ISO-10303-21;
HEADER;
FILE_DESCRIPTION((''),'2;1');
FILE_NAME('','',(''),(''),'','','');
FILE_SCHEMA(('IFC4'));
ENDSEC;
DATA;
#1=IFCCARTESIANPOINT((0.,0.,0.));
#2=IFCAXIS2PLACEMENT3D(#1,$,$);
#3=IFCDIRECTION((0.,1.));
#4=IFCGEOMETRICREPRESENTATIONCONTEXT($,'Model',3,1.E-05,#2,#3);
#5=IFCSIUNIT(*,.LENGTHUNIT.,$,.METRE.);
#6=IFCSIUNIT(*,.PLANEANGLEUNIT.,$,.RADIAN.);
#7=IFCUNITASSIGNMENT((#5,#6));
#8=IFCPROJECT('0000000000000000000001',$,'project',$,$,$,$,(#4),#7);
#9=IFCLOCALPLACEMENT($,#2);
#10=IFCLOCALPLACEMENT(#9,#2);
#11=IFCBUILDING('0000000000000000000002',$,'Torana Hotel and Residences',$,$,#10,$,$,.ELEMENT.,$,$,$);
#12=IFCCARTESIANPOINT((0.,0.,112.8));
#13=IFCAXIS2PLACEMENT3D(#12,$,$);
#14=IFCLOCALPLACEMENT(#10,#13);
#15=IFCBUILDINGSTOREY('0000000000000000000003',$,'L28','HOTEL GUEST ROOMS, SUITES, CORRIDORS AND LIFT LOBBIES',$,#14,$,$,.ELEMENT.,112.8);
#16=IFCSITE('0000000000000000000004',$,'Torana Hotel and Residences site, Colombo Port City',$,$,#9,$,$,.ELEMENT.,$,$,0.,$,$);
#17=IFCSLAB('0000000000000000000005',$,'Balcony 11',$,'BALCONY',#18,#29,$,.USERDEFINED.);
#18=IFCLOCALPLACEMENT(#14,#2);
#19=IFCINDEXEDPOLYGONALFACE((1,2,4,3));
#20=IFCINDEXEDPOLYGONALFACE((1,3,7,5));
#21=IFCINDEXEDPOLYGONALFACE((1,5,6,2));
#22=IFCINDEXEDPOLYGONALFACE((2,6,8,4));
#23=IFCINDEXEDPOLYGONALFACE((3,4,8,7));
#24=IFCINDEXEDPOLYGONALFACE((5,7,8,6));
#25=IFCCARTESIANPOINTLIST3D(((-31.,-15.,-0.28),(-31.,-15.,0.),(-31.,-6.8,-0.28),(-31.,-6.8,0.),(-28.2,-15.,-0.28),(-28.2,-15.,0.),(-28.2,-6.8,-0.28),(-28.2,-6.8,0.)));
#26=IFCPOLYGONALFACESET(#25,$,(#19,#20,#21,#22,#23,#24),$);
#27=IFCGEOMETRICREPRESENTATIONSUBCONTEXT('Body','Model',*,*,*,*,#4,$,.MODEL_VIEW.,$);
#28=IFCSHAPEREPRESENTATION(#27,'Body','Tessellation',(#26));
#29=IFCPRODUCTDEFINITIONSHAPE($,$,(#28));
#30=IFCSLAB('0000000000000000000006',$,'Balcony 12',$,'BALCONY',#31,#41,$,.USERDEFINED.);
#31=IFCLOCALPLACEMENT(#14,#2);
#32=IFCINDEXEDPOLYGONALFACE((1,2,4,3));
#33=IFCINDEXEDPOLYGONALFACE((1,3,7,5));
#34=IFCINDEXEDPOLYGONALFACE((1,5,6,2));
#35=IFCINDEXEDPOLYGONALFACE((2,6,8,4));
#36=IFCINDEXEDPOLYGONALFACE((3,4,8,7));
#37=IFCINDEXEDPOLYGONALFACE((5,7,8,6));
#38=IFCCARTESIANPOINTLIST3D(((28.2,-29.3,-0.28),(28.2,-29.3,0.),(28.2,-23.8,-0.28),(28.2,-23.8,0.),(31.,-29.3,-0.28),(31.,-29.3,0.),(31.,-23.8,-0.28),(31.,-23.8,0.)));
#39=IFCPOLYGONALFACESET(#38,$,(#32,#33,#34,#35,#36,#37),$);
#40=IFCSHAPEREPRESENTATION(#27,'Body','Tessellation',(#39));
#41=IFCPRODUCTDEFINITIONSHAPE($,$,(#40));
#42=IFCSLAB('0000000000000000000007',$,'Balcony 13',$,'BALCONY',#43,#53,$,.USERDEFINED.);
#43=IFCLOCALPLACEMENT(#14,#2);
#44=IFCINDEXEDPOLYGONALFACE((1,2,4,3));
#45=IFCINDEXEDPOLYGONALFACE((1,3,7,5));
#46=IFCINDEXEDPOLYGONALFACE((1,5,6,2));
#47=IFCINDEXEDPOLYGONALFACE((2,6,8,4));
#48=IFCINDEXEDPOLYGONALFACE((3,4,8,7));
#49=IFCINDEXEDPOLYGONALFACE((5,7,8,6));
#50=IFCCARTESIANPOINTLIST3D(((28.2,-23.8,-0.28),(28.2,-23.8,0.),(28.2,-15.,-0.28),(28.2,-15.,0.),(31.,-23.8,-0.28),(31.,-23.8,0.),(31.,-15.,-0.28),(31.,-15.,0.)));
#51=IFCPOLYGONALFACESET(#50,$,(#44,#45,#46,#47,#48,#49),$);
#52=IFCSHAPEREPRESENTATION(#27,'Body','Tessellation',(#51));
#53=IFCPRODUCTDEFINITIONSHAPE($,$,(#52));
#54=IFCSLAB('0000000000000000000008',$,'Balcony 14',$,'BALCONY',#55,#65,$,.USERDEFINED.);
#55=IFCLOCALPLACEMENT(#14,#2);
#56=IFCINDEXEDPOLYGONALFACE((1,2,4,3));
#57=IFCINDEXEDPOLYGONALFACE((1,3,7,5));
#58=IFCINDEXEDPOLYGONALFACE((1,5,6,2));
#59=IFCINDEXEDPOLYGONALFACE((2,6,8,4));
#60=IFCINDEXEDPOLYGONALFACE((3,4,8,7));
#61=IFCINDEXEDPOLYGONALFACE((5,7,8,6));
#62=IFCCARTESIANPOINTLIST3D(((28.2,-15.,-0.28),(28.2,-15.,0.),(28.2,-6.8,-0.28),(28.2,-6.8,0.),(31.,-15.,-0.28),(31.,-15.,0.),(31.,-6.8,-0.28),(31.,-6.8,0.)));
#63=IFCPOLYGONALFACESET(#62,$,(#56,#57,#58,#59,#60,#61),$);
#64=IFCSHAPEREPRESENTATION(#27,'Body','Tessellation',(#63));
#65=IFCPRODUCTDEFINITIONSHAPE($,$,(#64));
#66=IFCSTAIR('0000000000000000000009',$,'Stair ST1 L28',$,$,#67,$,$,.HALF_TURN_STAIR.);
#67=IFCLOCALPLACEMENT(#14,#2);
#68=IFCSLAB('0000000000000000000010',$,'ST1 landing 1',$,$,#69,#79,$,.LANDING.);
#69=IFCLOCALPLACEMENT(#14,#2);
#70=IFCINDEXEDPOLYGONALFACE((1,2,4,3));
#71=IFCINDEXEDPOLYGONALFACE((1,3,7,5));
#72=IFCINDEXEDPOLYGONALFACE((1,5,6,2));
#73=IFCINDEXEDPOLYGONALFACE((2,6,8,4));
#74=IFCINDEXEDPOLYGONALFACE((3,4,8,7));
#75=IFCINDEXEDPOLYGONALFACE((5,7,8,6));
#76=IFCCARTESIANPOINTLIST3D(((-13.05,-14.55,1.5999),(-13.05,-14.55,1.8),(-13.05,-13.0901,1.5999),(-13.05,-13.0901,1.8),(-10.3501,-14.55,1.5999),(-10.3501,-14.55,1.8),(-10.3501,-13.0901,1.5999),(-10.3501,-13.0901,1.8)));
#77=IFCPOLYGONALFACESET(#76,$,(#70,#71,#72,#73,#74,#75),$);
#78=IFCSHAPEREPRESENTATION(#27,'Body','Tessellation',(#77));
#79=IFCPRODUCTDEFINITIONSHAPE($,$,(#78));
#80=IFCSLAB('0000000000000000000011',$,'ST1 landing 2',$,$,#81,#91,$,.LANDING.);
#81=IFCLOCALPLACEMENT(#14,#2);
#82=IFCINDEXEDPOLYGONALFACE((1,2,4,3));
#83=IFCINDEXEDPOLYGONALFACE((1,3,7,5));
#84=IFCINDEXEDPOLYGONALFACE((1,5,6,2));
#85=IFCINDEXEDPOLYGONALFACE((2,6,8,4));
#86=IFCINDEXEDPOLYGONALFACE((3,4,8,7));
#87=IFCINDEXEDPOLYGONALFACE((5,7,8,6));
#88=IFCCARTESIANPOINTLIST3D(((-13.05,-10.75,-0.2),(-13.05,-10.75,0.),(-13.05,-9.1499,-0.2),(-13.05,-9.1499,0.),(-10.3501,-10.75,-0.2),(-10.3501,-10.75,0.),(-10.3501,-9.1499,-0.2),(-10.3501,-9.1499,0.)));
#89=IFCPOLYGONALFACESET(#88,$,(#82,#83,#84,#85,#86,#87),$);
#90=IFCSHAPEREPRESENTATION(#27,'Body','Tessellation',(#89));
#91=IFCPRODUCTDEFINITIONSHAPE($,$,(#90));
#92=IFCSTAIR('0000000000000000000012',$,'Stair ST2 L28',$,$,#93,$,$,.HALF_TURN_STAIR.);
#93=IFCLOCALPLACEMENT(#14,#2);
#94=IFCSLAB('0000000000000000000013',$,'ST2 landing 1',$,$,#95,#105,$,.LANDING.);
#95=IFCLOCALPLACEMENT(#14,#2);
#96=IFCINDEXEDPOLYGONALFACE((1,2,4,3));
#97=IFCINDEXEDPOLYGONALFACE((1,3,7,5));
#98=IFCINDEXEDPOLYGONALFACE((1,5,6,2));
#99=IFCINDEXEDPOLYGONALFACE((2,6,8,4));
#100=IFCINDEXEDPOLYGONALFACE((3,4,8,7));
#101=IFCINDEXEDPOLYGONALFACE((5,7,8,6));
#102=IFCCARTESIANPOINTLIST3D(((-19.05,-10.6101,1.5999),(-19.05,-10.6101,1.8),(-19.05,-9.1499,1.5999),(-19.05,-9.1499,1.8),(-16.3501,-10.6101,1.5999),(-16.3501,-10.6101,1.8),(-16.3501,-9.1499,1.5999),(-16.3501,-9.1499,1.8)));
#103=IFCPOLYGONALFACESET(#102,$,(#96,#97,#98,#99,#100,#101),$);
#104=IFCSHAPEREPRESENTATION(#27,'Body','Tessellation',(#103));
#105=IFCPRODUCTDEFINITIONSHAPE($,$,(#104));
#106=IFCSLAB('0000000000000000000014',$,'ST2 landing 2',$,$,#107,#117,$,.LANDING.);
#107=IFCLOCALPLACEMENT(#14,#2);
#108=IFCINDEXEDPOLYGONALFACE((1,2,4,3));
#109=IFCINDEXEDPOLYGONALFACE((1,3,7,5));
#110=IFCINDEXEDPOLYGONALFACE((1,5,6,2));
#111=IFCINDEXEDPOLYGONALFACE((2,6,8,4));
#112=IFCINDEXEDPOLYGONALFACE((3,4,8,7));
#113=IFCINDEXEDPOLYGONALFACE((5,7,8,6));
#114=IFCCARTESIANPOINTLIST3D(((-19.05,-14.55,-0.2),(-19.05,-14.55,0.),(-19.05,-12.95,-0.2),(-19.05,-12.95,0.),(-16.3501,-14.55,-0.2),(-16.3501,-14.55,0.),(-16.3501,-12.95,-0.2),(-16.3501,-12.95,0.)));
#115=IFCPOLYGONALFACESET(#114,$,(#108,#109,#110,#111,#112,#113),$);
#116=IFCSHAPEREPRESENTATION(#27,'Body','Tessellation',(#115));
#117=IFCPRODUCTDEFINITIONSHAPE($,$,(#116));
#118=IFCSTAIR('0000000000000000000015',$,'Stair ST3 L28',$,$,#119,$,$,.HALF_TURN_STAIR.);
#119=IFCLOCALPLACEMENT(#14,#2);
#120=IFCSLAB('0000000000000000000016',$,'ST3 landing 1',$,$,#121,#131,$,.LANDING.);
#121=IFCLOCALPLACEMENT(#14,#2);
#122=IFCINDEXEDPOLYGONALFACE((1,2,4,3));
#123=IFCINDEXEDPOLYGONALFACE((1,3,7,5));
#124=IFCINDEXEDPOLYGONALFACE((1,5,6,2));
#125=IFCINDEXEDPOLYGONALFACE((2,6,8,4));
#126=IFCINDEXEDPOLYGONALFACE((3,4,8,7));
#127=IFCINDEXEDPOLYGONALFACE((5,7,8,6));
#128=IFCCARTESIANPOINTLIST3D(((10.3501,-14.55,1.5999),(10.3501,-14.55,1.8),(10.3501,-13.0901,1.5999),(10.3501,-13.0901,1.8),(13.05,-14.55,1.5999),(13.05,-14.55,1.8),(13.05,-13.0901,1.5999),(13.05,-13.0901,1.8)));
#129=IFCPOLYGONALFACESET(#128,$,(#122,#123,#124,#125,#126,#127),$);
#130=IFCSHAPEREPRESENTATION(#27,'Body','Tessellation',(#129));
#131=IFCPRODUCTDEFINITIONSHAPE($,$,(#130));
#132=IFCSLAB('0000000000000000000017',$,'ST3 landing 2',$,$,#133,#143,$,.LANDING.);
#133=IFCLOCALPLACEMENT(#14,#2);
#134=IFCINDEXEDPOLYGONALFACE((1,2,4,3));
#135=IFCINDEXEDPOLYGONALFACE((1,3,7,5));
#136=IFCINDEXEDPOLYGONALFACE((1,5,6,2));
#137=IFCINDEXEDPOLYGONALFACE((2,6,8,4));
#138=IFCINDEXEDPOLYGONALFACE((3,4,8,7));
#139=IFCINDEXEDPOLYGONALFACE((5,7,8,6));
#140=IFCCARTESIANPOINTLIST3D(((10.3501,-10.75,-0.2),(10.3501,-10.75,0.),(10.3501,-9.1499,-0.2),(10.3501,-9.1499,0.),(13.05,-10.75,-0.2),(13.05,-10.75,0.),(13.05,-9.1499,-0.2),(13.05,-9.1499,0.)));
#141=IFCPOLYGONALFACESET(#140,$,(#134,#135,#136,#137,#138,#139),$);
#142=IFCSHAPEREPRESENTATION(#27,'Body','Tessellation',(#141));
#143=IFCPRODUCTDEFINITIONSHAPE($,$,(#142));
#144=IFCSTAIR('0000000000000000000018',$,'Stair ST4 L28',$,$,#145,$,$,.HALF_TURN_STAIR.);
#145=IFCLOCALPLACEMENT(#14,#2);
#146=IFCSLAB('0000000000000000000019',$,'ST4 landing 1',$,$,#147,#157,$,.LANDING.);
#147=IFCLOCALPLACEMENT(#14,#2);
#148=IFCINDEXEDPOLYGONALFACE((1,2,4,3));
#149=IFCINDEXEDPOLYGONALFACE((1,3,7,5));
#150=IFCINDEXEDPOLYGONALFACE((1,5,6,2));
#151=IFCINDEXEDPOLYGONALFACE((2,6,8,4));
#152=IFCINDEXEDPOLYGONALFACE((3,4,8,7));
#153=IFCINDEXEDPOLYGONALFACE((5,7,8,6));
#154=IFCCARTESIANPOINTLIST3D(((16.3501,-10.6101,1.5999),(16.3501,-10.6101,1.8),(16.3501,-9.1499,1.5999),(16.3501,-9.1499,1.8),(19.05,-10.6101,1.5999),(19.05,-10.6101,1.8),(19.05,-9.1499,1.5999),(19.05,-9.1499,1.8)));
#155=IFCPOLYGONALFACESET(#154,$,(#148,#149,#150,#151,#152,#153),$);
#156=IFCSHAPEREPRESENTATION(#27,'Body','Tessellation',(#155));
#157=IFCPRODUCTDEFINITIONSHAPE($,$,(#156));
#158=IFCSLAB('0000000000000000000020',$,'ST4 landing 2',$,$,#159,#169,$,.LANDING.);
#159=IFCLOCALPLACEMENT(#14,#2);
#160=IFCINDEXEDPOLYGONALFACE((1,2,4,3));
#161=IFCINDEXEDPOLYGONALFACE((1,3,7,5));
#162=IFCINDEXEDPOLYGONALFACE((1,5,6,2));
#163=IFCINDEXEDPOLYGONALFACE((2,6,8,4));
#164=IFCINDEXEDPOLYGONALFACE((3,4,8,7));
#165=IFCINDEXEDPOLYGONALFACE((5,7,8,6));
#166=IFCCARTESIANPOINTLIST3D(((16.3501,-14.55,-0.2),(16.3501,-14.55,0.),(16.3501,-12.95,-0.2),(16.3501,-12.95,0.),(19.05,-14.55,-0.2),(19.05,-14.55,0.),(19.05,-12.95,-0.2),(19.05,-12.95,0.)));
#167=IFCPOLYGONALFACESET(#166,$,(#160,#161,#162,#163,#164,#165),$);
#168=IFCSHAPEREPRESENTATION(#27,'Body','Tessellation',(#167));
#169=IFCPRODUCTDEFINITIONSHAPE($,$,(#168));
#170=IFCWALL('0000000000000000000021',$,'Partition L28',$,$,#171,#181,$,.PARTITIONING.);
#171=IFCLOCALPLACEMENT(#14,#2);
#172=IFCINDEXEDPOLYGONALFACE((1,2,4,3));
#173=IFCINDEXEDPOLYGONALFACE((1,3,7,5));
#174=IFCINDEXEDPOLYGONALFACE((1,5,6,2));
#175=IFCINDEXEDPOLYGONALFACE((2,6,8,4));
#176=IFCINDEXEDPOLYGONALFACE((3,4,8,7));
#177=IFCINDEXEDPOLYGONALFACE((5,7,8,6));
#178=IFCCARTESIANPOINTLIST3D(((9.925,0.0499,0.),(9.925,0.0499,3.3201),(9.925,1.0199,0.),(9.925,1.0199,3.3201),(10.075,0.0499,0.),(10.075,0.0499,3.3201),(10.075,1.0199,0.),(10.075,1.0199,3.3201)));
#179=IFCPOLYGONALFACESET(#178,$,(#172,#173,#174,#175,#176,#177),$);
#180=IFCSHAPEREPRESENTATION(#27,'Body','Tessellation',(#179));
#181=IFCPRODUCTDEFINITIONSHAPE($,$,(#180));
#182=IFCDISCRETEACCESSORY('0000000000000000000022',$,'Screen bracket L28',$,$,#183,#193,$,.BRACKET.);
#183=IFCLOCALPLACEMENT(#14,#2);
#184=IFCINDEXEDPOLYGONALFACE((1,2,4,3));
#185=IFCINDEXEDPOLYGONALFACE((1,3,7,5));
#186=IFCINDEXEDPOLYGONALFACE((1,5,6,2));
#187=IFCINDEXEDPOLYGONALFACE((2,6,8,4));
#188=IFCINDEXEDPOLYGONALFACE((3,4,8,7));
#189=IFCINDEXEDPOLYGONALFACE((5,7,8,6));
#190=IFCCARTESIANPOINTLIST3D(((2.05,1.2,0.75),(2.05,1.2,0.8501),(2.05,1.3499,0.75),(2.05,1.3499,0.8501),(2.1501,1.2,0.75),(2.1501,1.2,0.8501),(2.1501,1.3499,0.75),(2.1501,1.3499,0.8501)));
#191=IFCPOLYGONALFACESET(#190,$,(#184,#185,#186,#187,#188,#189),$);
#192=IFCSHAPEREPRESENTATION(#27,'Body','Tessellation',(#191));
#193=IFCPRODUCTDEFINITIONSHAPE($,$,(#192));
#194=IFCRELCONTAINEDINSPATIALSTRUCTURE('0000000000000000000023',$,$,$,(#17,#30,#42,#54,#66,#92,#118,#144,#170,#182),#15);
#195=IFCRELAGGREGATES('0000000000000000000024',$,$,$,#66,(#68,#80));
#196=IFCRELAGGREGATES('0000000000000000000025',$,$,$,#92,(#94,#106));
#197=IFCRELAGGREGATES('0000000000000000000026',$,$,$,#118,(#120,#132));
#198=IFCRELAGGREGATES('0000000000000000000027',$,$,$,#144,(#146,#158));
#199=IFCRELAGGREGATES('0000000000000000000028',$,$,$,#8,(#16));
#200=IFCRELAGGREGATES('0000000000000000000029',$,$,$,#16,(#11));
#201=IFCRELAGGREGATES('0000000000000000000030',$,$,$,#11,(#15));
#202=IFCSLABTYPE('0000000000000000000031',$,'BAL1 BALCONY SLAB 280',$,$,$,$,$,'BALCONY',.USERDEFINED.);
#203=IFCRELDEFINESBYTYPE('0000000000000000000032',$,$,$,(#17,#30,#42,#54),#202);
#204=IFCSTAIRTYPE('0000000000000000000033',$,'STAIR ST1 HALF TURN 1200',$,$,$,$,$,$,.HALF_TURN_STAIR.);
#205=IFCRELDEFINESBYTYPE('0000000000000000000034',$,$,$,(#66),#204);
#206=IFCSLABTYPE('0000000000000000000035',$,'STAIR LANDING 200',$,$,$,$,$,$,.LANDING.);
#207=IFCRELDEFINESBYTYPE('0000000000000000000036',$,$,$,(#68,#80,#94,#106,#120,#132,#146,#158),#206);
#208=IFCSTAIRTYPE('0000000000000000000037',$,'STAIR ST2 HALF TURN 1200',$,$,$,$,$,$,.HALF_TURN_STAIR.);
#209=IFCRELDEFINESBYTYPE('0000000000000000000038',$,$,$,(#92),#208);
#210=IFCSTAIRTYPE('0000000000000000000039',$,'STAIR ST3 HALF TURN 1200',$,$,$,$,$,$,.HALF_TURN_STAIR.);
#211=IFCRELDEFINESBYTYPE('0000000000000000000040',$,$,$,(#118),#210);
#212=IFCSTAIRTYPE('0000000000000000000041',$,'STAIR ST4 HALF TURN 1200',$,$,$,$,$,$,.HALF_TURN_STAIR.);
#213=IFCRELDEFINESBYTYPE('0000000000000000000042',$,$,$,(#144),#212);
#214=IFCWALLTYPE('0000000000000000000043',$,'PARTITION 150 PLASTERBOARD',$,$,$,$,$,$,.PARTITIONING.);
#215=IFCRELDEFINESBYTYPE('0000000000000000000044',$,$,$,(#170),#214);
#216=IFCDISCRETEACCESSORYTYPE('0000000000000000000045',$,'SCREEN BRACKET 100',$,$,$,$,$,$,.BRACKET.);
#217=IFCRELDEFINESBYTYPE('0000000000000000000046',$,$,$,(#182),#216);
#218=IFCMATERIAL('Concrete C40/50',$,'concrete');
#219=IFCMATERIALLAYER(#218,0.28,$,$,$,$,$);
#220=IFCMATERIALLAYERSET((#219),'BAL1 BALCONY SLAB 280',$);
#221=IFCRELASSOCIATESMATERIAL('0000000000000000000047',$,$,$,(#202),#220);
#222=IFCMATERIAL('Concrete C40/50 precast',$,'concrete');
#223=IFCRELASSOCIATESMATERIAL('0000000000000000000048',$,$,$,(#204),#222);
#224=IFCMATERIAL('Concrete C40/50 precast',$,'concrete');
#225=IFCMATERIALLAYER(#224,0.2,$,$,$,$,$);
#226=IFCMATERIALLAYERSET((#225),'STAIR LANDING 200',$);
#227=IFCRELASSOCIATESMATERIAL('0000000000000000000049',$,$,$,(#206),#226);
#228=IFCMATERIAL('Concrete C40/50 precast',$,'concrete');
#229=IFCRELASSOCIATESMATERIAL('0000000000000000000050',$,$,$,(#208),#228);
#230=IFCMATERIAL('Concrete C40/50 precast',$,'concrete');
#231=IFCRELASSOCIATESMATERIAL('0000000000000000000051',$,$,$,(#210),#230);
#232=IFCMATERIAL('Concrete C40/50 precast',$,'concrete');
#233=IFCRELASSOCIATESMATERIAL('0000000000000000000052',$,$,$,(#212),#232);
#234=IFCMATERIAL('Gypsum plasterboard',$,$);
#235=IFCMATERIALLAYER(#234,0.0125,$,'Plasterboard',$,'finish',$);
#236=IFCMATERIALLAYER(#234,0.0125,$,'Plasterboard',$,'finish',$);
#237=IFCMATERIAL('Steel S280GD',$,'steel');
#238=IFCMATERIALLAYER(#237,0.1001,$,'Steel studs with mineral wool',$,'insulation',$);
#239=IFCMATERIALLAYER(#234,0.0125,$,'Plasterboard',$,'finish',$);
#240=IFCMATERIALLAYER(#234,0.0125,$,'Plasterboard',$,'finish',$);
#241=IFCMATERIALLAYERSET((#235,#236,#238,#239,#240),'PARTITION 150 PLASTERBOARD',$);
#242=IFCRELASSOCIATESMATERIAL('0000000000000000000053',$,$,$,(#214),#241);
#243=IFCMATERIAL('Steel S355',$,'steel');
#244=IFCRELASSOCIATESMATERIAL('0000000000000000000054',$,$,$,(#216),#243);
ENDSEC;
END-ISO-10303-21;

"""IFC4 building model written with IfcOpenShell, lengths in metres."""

from ifc_helpers import new_model, si_unit, direction, frame, frame_2d, origin, origin_2d, place, context, subcontext, project, spatial, polyline, rectangle, outline, extrude, material, layer, layer_set, type_object, element, aggregate, save


model = new_model("IFC4")

# Units and contexts
model_context = context("Model", 3, precision=1e-05, world=origin(), true_north=direction((0.0, 1.0)))
body_context = subcontext(model_context, "Body", "Model", "MODEL_VIEW")
ifc_project = project(units=[si_unit("LENGTHUNIT", "METRE"), si_unit("PLANEANGLEUNIT", "RADIAN")], contexts=[model_context])

# Site, building, storey
site_placement = place(None, origin())
site = spatial("IfcSite", under=ifc_project, at=site_placement, Name="Torana Hotel and Residences site, Colombo Port City", CompositionType="ELEMENT", RefElevation=0.0)
building_placement = place(site_placement, origin())
building = spatial("IfcBuilding", under=site, at=building_placement, Name="Torana Hotel and Residences", CompositionType="ELEMENT")
storey_placement = place(building_placement, frame((0.0, 0.0, 112.8)))
storey = spatial("IfcBuildingStorey", under=building, at=storey_placement, Name="L28", Description="HOTEL GUEST ROOMS, SUITES, CORRIDORS AND LIFT LOBBIES", CompositionType="ELEMENT", Elevation=112.8)

# Slabs
ifc_material_1 = material(Name="Concrete C40/50", Category="concrete")
ifc_layer_1 = layer(ifc_material_1, 0.28)
ifc_layer_set_1 = layer_set([ifc_layer_1], Name="BAL1 BALCONY SLAB 280")
slab_type_1 = type_object("IfcSlabType", Name="BAL1 BALCONY SLAB 280", ElementType="BALCONY", PredefinedType="USERDEFINED", material=ifc_layer_set_1)
slab_1_placement = place(storey_placement, frame((0.0, 0.0, -0.28)))
element("IfcSlab", 1, at=slab_1_placement, inside=storey, type_object=slab_type_1, Name="Balcony 11", ObjectType="BALCONY", PredefinedType="USERDEFINED", context=body_context, shape_type="SweptSolid", body=[
    extrude(outline(polyline([(-31.0, -15.0), (-28.2, -15.0), (-28.2, -6.8), (-31.0, -6.8), (-31.0, -15.0)])), origin(), (0.0, 0.0, 1.0), 0.28),
])
slab_2_placement = place(storey_placement, frame((0.0, 0.0, -0.28)))
element("IfcSlab", 2, at=slab_2_placement, inside=storey, type_object=slab_type_1, Name="Balcony 12", ObjectType="BALCONY", PredefinedType="USERDEFINED", context=body_context, shape_type="SweptSolid", body=[
    extrude(outline(polyline([(28.2, -29.3), (31.0, -29.3), (31.0, -23.8), (28.2, -23.8), (28.2, -29.3)])), origin(), (0.0, 0.0, 1.0), 0.28),
])
slab_3_placement = place(storey_placement, frame((0.0, 0.0, -0.28)))
element("IfcSlab", 3, at=slab_3_placement, inside=storey, type_object=slab_type_1, Name="Balcony 13", ObjectType="BALCONY", PredefinedType="USERDEFINED", context=body_context, shape_type="SweptSolid", body=[
    extrude(outline(polyline([(28.2, -23.8), (31.0, -23.8), (31.0, -15.0), (28.2, -15.0), (28.2, -23.8)])), origin(), (0.0, 0.0, 1.0), 0.28),
])
slab_4_placement = place(storey_placement, frame((0.0, 0.0, -0.28)))
element("IfcSlab", 4, at=slab_4_placement, inside=storey, type_object=slab_type_1, Name="Balcony 14", ObjectType="BALCONY", PredefinedType="USERDEFINED", context=body_context, shape_type="SweptSolid", body=[
    extrude(outline(polyline([(28.2, -15.0), (31.0, -15.0), (31.0, -6.8), (28.2, -6.8), (28.2, -15.0)])), origin(), (0.0, 0.0, 1.0), 0.28),
])

# Stairs, slabs
ifc_material_2 = material(Name="Concrete C40/50 precast", Category="concrete")
stair_type_1 = type_object("IfcStairType", Name="STAIR ST1 HALF TURN 1200", PredefinedType="HALF_TURN_STAIR", material=ifc_material_2)
stair_1_placement = place(storey_placement, origin())
stair_1 = element("IfcStair", 5, at=stair_1_placement, inside=storey, type_object=stair_type_1, Name="Stair ST1 L28", PredefinedType="HALF_TURN_STAIR")
ifc_material_3 = material(Name="Concrete C40/50 precast", Category="concrete")
ifc_layer_2 = layer(ifc_material_3, 0.2)
ifc_layer_set_2 = layer_set([ifc_layer_2], Name="STAIR LANDING 200")
slab_type_2 = type_object("IfcSlabType", Name="STAIR LANDING 200", PredefinedType="LANDING", material=ifc_layer_set_2)
slab_5_placement = place(storey_placement, frame((0.0, 0.0, 1.5999)))
slab_5 = element("IfcSlab", 6, at=slab_5_placement, type_object=slab_type_2, Name="ST1 landing 1", PredefinedType="LANDING", context=body_context, shape_type="SweptSolid", body=[
    extrude(outline(polyline([(-13.05, -14.55), (-10.3501, -14.55), (-10.3501, -13.0901), (-13.05, -13.0901), (-13.05, -14.55)])), origin(), (0.0, 0.0, 1.0), 0.2002),
])
slab_6_placement = place(storey_placement, frame((0.0, 0.0, -0.2)))
slab_6 = element("IfcSlab", 7, at=slab_6_placement, type_object=slab_type_2, Name="ST1 landing 2", PredefinedType="LANDING", context=body_context, shape_type="SweptSolid", body=[
    extrude(outline(polyline([(-13.05, -10.75), (-10.3501, -10.75), (-10.3501, -9.1499), (-13.05, -9.1499), (-13.05, -10.75)])), origin(), (0.0, 0.0, 1.0), 0.2),
])
aggregate(stair_1, [slab_5, slab_6])
ifc_material_4 = material(Name="Concrete C40/50 precast", Category="concrete")
stair_type_2 = type_object("IfcStairType", Name="STAIR ST2 HALF TURN 1200", PredefinedType="HALF_TURN_STAIR", material=ifc_material_4)
stair_2_placement = place(storey_placement, origin())
stair_2 = element("IfcStair", 8, at=stair_2_placement, inside=storey, type_object=stair_type_2, Name="Stair ST2 L28", PredefinedType="HALF_TURN_STAIR")
slab_7_placement = place(storey_placement, frame((0.0, 0.0, 1.5999)))
slab_7 = element("IfcSlab", 9, at=slab_7_placement, type_object=slab_type_2, Name="ST2 landing 1", PredefinedType="LANDING", context=body_context, shape_type="SweptSolid", body=[
    extrude(outline(polyline([(-19.05, -10.6101), (-16.3501, -10.6101), (-16.3501, -9.1499), (-19.05, -9.1499), (-19.05, -10.6101)])), origin(), (0.0, 0.0, 1.0), 0.2002),
])
slab_8_placement = place(storey_placement, frame((0.0, 0.0, -0.2)))
slab_8 = element("IfcSlab", 10, at=slab_8_placement, type_object=slab_type_2, Name="ST2 landing 2", PredefinedType="LANDING", context=body_context, shape_type="SweptSolid", body=[
    extrude(outline(polyline([(-19.05, -14.55), (-16.3501, -14.55), (-16.3501, -12.95), (-19.05, -12.95), (-19.05, -14.55)])), origin(), (0.0, 0.0, 1.0), 0.2),
])
aggregate(stair_2, [slab_7, slab_8])
ifc_material_5 = material(Name="Concrete C40/50 precast", Category="concrete")
stair_type_3 = type_object("IfcStairType", Name="STAIR ST3 HALF TURN 1200", PredefinedType="HALF_TURN_STAIR", material=ifc_material_5)
stair_3_placement = place(storey_placement, origin())
stair_3 = element("IfcStair", 11, at=stair_3_placement, inside=storey, type_object=stair_type_3, Name="Stair ST3 L28", PredefinedType="HALF_TURN_STAIR")
slab_9_placement = place(storey_placement, frame((0.0, 0.0, 1.5999)))
slab_9 = element("IfcSlab", 12, at=slab_9_placement, type_object=slab_type_2, Name="ST3 landing 1", PredefinedType="LANDING", context=body_context, shape_type="SweptSolid", body=[
    extrude(outline(polyline([(10.3501, -14.55), (13.05, -14.55), (13.05, -13.0901), (10.3501, -13.0901), (10.3501, -14.55)])), origin(), (0.0, 0.0, 1.0), 0.2002),
])
slab_10_placement = place(storey_placement, frame((0.0, 0.0, -0.2)))
slab_10 = element("IfcSlab", 13, at=slab_10_placement, type_object=slab_type_2, Name="ST3 landing 2", PredefinedType="LANDING", context=body_context, shape_type="SweptSolid", body=[
    extrude(outline(polyline([(10.3501, -10.75), (13.05, -10.75), (13.05, -9.1499), (10.3501, -9.1499), (10.3501, -10.75)])), origin(), (0.0, 0.0, 1.0), 0.2),
])
aggregate(stair_3, [slab_9, slab_10])
ifc_material_6 = material(Name="Concrete C40/50 precast", Category="concrete")
stair_type_4 = type_object("IfcStairType", Name="STAIR ST4 HALF TURN 1200", PredefinedType="HALF_TURN_STAIR", material=ifc_material_6)
stair_4_placement = place(storey_placement, origin())
stair_4 = element("IfcStair", 14, at=stair_4_placement, inside=storey, type_object=stair_type_4, Name="Stair ST4 L28", PredefinedType="HALF_TURN_STAIR")
slab_11_placement = place(storey_placement, frame((0.0, 0.0, 1.5999)))
slab_11 = element("IfcSlab", 15, at=slab_11_placement, type_object=slab_type_2, Name="ST4 landing 1", PredefinedType="LANDING", context=body_context, shape_type="SweptSolid", body=[
    extrude(outline(polyline([(16.3501, -10.6101), (19.05, -10.6101), (19.05, -9.1499), (16.3501, -9.1499), (16.3501, -10.6101)])), origin(), (0.0, 0.0, 1.0), 0.2002),
])
slab_12_placement = place(storey_placement, frame((0.0, 0.0, -0.2)))
slab_12 = element("IfcSlab", 16, at=slab_12_placement, type_object=slab_type_2, Name="ST4 landing 2", PredefinedType="LANDING", context=body_context, shape_type="SweptSolid", body=[
    extrude(outline(polyline([(16.3501, -14.55), (19.05, -14.55), (19.05, -12.95), (16.3501, -12.95), (16.3501, -14.55)])), origin(), (0.0, 0.0, 1.0), 0.2),
])
aggregate(stair_4, [slab_11, slab_12])

# Wall
ifc_material_7 = material(Name="Gypsum plasterboard")
ifc_layer_3 = layer(ifc_material_7, 0.0125, Name="Plasterboard", Category="finish")
ifc_layer_4 = layer(ifc_material_7, 0.0125, Name="Plasterboard", Category="finish")
ifc_material_8 = material(Name="Steel S280GD", Category="steel")
ifc_layer_5 = layer(ifc_material_8, 0.1001, Name="Steel studs with mineral wool", Category="insulation")
ifc_layer_6 = layer(ifc_material_7, 0.0125, Name="Plasterboard", Category="finish")
ifc_layer_7 = layer(ifc_material_7, 0.0125, Name="Plasterboard", Category="finish")
ifc_layer_set_3 = layer_set([ifc_layer_3, ifc_layer_4, ifc_layer_5, ifc_layer_6, ifc_layer_7], Name="PARTITION 150 PLASTERBOARD")
wall_type = type_object("IfcWallType", Name="PARTITION 150 PLASTERBOARD", PredefinedType="PARTITIONING", material=ifc_layer_set_3)
wall_placement = place(storey_placement, frame((10.0, 0.05, 0.0), z_axis=(0.0, 0.0, 1.0), x_axis=(0.0, 1.0, 0.0)))
element("IfcWall", 17, at=wall_placement, inside=storey, type_object=wall_type, Name="Partition L28", PredefinedType="PARTITIONING", context=body_context, shape_type="SweptSolid", body=[
    extrude(rectangle(XDim=0.97, YDim=0.1499, at=frame_2d((0.4849, 0.0))), origin(), (0.0, 0.0, 1.0), 3.3201),
])

# Discrete accessory
ifc_material_9 = material(Name="Steel S355", Category="steel")
discrete_accessory_type = type_object("IfcDiscreteAccessoryType", Name="SCREEN BRACKET 100", PredefinedType="BRACKET", material=ifc_material_9)
for number, where, z_axis, x_axis, name in (
    (18, (2.1001, 1.2749, 0.75), (0.0, 0.0, 1.0), (-1.0, 0.0, 0.0), "Screen bracket L28"),
):
    element("IfcDiscreteAccessory", number, at=place(storey_placement, frame(where, z_axis=z_axis, x_axis=x_axis)), inside=storey, type_object=discrete_accessory_type, Name=name, PredefinedType="BRACKET", context=body_context, shape_type="SweptSolid", body=[
        extrude(rectangle(XDim=0.1001, YDim=0.1499, at=origin_2d()), origin(), (0.0, 0.0, 1.0), 0.1001),
    ])

save(model, "model.ifc")
